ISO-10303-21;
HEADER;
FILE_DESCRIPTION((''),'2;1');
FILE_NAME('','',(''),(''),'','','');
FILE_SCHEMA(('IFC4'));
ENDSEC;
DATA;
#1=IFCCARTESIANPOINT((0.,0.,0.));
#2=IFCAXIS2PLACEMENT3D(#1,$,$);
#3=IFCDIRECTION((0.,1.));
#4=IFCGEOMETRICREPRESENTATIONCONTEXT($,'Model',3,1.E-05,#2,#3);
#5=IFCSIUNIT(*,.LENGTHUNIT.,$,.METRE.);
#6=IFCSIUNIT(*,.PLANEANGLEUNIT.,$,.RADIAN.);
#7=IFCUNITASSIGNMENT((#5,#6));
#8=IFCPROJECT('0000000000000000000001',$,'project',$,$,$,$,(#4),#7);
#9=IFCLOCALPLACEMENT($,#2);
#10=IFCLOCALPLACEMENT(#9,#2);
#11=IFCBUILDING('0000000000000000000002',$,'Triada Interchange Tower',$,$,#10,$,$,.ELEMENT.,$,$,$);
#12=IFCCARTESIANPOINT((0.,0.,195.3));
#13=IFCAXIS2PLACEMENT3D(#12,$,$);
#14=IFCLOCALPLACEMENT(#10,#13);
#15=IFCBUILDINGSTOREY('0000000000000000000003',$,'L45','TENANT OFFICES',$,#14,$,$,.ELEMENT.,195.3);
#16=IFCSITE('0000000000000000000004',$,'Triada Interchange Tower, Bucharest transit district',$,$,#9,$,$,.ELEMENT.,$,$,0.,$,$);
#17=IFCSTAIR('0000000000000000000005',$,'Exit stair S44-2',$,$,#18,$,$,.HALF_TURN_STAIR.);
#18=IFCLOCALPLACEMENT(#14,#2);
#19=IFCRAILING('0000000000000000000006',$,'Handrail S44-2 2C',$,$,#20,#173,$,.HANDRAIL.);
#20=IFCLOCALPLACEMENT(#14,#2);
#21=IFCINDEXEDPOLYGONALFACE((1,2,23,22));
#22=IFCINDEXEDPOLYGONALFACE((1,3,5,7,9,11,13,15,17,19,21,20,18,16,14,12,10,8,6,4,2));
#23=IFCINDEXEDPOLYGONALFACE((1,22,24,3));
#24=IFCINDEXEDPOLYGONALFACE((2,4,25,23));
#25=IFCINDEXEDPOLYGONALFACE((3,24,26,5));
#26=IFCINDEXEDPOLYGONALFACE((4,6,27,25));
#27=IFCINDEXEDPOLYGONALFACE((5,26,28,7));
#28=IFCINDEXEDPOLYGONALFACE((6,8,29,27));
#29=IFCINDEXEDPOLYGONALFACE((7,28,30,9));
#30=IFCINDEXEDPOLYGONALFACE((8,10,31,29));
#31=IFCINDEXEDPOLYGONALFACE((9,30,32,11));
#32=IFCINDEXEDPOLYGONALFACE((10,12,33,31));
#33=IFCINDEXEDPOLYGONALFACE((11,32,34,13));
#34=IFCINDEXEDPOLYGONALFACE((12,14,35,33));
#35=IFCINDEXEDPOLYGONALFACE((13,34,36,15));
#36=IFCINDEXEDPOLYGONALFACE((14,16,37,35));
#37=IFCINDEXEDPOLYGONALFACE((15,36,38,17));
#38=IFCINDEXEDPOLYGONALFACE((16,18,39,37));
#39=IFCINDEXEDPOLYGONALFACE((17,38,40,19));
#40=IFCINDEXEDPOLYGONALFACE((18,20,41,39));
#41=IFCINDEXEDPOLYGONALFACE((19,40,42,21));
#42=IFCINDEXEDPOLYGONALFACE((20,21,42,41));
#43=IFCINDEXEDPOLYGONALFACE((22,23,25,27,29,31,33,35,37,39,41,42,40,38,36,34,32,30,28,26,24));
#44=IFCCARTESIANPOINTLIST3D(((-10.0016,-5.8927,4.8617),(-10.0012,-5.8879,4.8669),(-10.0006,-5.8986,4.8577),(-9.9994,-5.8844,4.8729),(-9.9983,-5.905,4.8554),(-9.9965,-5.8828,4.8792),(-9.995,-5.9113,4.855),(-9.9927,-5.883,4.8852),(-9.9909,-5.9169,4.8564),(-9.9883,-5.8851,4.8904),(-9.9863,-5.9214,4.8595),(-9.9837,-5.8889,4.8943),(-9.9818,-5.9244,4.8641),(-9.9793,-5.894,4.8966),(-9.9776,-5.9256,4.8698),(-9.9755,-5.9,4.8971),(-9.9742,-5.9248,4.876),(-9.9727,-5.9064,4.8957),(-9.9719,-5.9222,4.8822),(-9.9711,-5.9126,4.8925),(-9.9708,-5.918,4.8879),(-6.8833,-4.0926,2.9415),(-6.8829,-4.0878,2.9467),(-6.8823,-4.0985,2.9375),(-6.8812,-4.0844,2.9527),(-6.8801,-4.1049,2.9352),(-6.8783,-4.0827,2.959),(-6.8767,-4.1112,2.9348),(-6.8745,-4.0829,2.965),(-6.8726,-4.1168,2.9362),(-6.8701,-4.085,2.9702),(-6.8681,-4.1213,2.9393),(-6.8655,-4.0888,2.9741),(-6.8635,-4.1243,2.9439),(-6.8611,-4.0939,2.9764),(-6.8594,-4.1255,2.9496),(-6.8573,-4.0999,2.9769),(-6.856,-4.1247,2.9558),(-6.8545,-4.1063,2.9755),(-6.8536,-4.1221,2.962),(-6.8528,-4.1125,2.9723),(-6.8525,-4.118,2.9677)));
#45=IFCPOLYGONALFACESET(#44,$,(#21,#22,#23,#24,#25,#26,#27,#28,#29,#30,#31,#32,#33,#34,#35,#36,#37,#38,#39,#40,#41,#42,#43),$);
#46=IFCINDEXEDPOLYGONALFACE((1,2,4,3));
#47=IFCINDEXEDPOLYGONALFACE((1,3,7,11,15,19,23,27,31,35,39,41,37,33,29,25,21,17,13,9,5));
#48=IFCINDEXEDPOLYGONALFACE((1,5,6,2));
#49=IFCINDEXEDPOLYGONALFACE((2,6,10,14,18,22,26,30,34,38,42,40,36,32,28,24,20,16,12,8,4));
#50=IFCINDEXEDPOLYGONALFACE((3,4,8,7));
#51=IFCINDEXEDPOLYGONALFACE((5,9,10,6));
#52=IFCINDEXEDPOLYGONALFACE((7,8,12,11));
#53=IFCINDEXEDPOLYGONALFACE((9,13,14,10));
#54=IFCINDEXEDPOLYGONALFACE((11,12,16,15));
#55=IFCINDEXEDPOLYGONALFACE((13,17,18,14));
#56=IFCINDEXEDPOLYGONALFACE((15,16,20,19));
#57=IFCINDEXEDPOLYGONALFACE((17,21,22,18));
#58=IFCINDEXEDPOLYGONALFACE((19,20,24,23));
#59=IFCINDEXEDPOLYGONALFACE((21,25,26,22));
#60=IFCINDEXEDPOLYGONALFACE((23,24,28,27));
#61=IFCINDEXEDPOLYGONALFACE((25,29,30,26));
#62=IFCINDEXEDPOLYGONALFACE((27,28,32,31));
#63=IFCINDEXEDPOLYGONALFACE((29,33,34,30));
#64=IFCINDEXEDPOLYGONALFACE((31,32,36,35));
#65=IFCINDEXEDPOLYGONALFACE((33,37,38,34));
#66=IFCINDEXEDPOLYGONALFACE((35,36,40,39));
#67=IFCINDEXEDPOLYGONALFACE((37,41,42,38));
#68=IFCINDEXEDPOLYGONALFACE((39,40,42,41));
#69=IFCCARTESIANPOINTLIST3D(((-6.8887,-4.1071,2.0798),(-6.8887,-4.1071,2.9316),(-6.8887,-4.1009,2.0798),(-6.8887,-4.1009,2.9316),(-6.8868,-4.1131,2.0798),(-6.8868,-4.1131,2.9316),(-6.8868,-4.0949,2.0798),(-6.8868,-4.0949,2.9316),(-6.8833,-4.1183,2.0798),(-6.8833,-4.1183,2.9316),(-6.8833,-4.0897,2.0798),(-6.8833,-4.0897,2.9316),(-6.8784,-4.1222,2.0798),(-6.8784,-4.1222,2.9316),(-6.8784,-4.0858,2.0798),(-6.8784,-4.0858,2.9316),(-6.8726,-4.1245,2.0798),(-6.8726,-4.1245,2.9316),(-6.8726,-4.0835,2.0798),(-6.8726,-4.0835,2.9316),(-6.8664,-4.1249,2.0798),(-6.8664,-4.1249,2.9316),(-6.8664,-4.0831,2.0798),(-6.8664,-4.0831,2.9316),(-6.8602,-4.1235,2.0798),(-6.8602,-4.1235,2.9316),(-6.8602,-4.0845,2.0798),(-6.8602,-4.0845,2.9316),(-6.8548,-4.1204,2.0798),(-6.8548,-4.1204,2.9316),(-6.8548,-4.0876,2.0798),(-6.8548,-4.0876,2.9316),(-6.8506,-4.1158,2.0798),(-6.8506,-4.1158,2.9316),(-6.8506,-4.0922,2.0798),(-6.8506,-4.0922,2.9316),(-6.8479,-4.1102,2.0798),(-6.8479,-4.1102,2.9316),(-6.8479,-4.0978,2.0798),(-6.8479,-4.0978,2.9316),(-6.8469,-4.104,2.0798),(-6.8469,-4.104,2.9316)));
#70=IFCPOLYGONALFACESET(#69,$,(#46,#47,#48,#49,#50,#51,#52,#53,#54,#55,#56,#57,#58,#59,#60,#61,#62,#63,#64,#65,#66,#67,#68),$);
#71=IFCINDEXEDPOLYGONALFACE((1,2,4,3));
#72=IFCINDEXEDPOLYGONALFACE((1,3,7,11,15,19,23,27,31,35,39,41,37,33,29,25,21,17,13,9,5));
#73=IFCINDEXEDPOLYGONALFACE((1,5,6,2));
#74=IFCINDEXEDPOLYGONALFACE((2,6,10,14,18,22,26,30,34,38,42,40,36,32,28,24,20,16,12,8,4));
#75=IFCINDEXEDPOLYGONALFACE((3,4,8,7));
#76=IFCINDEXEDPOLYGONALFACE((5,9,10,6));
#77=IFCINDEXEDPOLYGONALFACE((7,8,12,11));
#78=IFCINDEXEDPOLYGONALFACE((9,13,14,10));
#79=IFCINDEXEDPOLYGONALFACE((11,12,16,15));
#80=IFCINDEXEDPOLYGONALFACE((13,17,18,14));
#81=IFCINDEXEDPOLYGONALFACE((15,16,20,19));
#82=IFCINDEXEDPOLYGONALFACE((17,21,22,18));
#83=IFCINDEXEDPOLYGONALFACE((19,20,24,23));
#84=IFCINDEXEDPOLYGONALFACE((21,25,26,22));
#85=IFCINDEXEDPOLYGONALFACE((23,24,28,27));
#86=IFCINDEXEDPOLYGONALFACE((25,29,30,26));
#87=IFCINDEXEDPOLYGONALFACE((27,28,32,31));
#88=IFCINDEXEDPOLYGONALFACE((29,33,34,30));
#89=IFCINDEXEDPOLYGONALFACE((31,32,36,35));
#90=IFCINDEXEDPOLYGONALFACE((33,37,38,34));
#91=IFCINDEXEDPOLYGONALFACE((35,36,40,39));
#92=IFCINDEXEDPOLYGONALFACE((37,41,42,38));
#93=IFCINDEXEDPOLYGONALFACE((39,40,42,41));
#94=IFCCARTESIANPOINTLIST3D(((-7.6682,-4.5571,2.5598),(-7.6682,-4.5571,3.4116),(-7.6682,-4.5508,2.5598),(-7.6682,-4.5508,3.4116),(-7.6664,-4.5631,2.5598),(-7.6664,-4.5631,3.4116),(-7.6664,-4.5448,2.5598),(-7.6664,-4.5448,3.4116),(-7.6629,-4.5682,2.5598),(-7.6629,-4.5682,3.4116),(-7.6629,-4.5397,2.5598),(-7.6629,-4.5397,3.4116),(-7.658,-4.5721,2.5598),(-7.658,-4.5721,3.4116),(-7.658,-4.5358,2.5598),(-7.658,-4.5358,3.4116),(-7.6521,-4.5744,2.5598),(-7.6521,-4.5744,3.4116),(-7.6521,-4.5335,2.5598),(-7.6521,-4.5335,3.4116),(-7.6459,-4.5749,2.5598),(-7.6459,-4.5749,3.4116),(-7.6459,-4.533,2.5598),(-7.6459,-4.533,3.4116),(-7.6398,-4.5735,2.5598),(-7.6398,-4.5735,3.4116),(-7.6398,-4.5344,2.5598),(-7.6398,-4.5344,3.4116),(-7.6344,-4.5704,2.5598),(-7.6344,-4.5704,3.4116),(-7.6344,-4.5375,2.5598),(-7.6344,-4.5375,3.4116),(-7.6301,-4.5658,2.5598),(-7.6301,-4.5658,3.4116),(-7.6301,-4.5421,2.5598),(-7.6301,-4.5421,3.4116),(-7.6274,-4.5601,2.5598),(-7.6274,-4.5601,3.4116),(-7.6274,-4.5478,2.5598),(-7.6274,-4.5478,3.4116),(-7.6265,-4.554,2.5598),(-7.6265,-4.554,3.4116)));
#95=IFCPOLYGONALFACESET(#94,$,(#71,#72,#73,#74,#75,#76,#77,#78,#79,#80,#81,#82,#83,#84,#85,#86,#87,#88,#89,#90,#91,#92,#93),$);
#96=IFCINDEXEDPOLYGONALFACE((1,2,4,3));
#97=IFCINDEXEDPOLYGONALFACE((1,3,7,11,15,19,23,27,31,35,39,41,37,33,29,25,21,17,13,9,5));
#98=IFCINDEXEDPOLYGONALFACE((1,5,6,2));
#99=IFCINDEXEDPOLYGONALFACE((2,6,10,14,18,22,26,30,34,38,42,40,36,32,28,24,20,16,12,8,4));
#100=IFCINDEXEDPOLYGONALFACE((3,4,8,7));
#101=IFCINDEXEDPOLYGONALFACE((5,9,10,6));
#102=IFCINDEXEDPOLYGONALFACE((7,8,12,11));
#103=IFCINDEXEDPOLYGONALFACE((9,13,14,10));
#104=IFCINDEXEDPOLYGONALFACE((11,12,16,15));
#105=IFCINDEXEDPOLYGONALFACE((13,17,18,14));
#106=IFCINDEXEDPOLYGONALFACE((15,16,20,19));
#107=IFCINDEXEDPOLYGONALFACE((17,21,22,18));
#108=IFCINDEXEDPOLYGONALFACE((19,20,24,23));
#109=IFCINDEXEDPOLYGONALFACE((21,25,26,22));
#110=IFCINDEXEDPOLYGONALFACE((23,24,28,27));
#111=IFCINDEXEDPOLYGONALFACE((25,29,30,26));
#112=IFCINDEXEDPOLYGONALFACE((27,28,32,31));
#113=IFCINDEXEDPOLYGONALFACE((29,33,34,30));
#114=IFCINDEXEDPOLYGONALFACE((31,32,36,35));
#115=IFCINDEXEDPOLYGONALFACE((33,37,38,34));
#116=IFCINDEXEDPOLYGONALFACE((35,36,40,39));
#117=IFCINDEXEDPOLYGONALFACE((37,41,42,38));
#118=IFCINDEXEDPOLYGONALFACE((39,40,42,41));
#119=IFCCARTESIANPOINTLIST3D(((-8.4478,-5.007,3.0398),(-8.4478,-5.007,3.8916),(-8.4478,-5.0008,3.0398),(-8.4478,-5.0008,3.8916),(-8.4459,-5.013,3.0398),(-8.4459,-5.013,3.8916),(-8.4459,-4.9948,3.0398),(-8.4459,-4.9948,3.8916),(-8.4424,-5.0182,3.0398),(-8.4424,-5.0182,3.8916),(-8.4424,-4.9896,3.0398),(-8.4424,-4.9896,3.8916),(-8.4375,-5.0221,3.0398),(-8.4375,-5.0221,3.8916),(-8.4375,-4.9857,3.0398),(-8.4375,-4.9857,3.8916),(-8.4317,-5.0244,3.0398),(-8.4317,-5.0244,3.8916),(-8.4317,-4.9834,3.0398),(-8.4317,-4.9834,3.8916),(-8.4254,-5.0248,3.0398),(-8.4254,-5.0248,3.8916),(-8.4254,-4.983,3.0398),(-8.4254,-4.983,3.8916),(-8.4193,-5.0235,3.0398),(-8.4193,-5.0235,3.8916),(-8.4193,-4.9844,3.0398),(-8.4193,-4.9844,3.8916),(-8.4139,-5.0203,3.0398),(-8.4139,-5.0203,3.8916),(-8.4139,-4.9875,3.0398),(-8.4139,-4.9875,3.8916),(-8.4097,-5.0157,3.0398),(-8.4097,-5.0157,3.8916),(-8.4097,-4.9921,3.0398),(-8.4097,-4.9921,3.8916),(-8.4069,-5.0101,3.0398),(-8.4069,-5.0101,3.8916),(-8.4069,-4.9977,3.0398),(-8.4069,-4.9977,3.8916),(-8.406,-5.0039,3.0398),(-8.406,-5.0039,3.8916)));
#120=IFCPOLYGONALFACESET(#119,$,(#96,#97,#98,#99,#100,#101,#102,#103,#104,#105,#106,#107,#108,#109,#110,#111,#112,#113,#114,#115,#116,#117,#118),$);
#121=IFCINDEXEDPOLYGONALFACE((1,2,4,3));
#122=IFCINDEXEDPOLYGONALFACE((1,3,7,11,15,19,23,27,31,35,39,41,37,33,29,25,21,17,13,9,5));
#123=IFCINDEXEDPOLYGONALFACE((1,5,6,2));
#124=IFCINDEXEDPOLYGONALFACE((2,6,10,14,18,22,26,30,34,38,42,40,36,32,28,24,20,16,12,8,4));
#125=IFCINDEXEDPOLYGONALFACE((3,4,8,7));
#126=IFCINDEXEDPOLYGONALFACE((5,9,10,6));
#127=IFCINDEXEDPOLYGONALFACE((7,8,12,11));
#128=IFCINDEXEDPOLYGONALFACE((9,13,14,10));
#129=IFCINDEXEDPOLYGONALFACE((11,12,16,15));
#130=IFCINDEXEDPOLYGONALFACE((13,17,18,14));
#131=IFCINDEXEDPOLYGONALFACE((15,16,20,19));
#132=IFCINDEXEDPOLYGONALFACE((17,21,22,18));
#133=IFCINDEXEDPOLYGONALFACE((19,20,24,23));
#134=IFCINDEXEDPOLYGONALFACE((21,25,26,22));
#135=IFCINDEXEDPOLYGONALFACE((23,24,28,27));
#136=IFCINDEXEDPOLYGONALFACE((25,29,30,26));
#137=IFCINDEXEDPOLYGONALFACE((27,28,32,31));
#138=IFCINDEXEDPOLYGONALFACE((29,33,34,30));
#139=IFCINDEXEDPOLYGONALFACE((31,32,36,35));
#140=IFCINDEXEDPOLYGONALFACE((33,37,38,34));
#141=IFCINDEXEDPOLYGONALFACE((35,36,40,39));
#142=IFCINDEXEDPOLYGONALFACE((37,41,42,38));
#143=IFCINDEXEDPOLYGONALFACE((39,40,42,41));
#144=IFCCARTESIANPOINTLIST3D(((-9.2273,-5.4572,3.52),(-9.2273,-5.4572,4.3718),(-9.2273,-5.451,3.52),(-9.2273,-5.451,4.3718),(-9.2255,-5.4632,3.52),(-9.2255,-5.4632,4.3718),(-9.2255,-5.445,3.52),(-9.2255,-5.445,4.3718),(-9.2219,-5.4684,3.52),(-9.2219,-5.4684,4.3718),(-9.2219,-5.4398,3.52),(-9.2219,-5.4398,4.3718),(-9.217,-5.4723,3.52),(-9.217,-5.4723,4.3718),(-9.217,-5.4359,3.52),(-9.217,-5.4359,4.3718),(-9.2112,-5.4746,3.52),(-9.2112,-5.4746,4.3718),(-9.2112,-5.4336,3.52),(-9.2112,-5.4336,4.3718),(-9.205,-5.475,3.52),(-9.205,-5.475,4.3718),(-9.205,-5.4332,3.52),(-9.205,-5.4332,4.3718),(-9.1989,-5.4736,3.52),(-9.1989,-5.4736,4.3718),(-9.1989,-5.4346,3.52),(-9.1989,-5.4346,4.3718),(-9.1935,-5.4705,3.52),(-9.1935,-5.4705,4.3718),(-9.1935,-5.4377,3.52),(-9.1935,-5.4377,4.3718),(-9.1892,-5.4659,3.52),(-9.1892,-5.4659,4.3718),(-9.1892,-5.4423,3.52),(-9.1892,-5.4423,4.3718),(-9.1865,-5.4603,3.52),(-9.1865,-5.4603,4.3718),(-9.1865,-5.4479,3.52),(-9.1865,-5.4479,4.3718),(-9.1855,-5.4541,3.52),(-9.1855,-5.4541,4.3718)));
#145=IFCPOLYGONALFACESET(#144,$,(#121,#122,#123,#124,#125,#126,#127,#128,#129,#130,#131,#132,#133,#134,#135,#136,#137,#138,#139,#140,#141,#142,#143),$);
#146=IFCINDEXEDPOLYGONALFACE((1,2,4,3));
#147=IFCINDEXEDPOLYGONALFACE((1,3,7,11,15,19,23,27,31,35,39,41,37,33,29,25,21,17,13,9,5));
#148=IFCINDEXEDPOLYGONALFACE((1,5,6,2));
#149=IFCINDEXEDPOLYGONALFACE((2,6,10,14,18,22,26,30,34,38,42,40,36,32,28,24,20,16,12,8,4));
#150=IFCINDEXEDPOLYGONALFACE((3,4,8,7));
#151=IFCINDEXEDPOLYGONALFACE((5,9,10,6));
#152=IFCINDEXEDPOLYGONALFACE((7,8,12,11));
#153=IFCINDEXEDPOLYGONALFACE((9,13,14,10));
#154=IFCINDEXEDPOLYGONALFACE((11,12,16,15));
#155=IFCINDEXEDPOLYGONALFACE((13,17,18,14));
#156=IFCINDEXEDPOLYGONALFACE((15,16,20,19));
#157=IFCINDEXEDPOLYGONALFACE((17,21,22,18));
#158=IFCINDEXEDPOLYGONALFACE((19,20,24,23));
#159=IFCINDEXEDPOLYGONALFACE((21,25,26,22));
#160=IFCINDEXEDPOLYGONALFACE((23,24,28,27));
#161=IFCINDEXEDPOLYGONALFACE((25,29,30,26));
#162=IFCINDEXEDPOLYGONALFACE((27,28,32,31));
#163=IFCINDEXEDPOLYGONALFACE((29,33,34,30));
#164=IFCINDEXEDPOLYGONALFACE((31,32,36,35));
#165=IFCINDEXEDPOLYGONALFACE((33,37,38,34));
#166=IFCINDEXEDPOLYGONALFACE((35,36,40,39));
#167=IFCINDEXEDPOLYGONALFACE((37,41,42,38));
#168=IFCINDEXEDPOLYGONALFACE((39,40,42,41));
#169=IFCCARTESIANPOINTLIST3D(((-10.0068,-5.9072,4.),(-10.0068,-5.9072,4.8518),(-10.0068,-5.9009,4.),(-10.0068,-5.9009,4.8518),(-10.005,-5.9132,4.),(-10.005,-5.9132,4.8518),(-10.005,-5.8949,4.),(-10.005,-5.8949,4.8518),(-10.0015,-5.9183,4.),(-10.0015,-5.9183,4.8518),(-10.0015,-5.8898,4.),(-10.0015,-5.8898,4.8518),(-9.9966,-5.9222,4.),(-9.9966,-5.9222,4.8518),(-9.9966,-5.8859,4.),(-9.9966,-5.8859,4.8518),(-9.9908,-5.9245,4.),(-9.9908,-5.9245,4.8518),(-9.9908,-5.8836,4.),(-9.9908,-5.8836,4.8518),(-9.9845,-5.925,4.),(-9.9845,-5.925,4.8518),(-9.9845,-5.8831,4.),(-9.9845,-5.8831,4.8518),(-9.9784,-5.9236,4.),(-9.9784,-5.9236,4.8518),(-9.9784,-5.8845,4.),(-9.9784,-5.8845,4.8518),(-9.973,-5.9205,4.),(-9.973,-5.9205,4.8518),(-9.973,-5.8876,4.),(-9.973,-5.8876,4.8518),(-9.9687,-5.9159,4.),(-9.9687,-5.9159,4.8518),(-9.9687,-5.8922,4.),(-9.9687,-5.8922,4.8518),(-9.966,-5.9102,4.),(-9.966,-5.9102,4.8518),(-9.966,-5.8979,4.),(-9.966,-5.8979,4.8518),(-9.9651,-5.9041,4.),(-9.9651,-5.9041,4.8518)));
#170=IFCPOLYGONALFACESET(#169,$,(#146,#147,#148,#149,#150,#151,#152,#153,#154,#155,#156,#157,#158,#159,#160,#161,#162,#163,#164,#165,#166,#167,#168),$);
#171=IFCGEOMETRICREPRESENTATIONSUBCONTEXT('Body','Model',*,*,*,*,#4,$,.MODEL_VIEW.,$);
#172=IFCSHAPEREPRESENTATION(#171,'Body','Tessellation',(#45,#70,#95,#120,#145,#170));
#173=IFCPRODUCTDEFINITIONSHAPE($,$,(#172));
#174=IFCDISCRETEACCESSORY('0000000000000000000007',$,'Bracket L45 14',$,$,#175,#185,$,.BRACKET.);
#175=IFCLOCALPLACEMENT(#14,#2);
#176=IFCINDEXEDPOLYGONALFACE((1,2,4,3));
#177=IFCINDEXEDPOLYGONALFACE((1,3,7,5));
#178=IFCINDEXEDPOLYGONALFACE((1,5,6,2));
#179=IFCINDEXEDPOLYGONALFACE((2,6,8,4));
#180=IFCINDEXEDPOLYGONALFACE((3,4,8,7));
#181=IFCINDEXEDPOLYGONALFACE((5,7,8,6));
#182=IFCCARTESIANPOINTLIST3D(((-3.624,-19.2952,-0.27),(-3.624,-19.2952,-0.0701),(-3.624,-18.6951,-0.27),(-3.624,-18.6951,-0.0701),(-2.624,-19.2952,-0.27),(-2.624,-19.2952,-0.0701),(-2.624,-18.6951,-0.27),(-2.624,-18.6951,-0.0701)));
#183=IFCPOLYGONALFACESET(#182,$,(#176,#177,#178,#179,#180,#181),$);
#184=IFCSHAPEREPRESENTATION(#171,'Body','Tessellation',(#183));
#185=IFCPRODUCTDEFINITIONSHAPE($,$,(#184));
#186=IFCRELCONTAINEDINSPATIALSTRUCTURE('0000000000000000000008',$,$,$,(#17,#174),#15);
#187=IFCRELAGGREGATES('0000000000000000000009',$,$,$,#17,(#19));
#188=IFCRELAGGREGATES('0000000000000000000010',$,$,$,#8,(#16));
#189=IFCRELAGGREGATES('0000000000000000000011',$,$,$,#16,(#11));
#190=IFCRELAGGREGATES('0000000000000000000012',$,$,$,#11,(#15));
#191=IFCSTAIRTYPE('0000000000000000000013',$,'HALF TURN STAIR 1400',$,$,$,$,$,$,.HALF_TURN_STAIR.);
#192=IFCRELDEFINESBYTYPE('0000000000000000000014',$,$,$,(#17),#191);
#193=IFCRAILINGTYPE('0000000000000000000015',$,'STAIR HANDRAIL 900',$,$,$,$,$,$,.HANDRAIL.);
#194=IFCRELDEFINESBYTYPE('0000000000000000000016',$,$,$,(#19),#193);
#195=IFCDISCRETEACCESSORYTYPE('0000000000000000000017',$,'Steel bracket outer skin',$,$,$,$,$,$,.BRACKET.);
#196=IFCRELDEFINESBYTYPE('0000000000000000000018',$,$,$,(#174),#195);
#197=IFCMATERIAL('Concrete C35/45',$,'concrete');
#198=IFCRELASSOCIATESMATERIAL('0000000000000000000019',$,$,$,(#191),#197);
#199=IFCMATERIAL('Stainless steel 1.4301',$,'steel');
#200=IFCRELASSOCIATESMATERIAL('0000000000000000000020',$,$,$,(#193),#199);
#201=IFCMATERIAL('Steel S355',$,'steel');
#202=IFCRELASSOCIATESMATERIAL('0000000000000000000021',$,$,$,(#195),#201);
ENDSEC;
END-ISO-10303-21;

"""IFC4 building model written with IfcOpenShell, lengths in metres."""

from ifc_helpers import new_model, si_unit, direction, frame, origin, origin_2d, place, context, subcontext, project, spatial, rectangle, circle, extrude, material, type_object, element, aggregate, save


model = new_model("IFC4")

# Units and contexts
model_context = context("Model", 3, precision=1e-05, world=origin(), true_north=direction((0.0, 1.0)))
body_context = subcontext(model_context, "Body", "Model", "MODEL_VIEW")
ifc_project = project(units=[si_unit("LENGTHUNIT", "METRE"), si_unit("PLANEANGLEUNIT", "RADIAN")], contexts=[model_context])

# Site, building, storey
site_placement = place(None, origin())
site = spatial("IfcSite", under=ifc_project, at=site_placement, Name="Triada Interchange Tower, Bucharest transit district", CompositionType="ELEMENT", RefElevation=0.0)
building_placement = place(site_placement, origin())
building = spatial("IfcBuilding", under=site, at=building_placement, Name="Triada Interchange Tower", CompositionType="ELEMENT")
storey_placement = place(building_placement, frame((0.0, 0.0, 195.3)))
storey = spatial("IfcBuildingStorey", under=building, at=storey_placement, Name="L45", Description="TENANT OFFICES", CompositionType="ELEMENT", Elevation=195.3)

# Stair
ifc_material_1 = material(Name="Concrete C35/45", Category="concrete")
stair_type = type_object("IfcStairType", Name="HALF TURN STAIR 1400", PredefinedType="HALF_TURN_STAIR", material=ifc_material_1)
stair_placement = place(storey_placement, origin())
stair = element("IfcStair", 1, at=stair_placement, inside=storey, type_object=stair_type, Name="Exit stair S44-2", PredefinedType="HALF_TURN_STAIR")

# Railing
ifc_material_2 = material(Name="Stainless steel 1.4301", Category="steel")
railing_type = type_object("IfcRailingType", Name="STAIR HANDRAIL 900", PredefinedType="HANDRAIL", material=ifc_material_2)
railing_1_placement = place(storey_placement, frame((-6.8679, -4.104, 2.0798)))
railing_1 = element("IfcRailing", 2, at=railing_1_placement, type_object=railing_type, Name="Handrail S44-2 2C", PredefinedType="HANDRAIL", context=body_context, shape_type="SweptSolid", body=[
    extrude(circle(Radius=0.0239, at=origin_2d()), frame((0.0, 0.0, 0.876), z_axis=(-0.76417, -0.441139, 0.470576), x_axis=(0.499953, -0.866052, 0.0)), (0.0, 0.0, 1.0), 4.0806),
    extrude(circle(Radius=0.021, at=origin_2d()), origin(), (0.0, 0.0, 1.0), 0.8518),
    extrude(circle(Radius=0.021, at=origin_2d()), frame((-0.7795, -0.45, 0.48)), (0.0, 0.0, 1.0), 0.8518),
    extrude(circle(Radius=0.021, at=origin_2d()), frame((-1.5591, -0.8999, 0.96)), (0.0, 0.0, 1.0), 0.8518),
    extrude(circle(Radius=0.021, at=origin_2d()), frame((-2.3386, -1.3501, 1.4402)), (0.0, 0.0, 1.0), 0.8518),
    extrude(circle(Radius=0.021, at=origin_2d()), frame((-3.1182, -1.8, 1.9202)), (0.0, 0.0, 1.0), 0.8518),
])
aggregate(stair, [railing_1])

# Discrete accessory
ifc_material_3 = material(Name="Steel S355", Category="steel")
discrete_accessory_type = type_object("IfcDiscreteAccessoryType", Name="Steel bracket outer skin", PredefinedType="BRACKET", material=ifc_material_3)
discrete_accessory_placement = place(storey_placement, frame((-3.124, -18.9951, -0.27), z_axis=(0.0, 0.0, 1.0), x_axis=(0.0, -1.0, 0.0)))
element("IfcDiscreteAccessory", 3, at=discrete_accessory_placement, inside=storey, type_object=discrete_accessory_type, Name="Bracket L45 14", PredefinedType="BRACKET", context=body_context, shape_type="SweptSolid", body=[
    extrude(rectangle(XDim=0.6001, YDim=1.0, at=origin_2d()), origin(), (0.0, 0.0, 1.0), 0.2),
])

save(model, "model.ifc")
